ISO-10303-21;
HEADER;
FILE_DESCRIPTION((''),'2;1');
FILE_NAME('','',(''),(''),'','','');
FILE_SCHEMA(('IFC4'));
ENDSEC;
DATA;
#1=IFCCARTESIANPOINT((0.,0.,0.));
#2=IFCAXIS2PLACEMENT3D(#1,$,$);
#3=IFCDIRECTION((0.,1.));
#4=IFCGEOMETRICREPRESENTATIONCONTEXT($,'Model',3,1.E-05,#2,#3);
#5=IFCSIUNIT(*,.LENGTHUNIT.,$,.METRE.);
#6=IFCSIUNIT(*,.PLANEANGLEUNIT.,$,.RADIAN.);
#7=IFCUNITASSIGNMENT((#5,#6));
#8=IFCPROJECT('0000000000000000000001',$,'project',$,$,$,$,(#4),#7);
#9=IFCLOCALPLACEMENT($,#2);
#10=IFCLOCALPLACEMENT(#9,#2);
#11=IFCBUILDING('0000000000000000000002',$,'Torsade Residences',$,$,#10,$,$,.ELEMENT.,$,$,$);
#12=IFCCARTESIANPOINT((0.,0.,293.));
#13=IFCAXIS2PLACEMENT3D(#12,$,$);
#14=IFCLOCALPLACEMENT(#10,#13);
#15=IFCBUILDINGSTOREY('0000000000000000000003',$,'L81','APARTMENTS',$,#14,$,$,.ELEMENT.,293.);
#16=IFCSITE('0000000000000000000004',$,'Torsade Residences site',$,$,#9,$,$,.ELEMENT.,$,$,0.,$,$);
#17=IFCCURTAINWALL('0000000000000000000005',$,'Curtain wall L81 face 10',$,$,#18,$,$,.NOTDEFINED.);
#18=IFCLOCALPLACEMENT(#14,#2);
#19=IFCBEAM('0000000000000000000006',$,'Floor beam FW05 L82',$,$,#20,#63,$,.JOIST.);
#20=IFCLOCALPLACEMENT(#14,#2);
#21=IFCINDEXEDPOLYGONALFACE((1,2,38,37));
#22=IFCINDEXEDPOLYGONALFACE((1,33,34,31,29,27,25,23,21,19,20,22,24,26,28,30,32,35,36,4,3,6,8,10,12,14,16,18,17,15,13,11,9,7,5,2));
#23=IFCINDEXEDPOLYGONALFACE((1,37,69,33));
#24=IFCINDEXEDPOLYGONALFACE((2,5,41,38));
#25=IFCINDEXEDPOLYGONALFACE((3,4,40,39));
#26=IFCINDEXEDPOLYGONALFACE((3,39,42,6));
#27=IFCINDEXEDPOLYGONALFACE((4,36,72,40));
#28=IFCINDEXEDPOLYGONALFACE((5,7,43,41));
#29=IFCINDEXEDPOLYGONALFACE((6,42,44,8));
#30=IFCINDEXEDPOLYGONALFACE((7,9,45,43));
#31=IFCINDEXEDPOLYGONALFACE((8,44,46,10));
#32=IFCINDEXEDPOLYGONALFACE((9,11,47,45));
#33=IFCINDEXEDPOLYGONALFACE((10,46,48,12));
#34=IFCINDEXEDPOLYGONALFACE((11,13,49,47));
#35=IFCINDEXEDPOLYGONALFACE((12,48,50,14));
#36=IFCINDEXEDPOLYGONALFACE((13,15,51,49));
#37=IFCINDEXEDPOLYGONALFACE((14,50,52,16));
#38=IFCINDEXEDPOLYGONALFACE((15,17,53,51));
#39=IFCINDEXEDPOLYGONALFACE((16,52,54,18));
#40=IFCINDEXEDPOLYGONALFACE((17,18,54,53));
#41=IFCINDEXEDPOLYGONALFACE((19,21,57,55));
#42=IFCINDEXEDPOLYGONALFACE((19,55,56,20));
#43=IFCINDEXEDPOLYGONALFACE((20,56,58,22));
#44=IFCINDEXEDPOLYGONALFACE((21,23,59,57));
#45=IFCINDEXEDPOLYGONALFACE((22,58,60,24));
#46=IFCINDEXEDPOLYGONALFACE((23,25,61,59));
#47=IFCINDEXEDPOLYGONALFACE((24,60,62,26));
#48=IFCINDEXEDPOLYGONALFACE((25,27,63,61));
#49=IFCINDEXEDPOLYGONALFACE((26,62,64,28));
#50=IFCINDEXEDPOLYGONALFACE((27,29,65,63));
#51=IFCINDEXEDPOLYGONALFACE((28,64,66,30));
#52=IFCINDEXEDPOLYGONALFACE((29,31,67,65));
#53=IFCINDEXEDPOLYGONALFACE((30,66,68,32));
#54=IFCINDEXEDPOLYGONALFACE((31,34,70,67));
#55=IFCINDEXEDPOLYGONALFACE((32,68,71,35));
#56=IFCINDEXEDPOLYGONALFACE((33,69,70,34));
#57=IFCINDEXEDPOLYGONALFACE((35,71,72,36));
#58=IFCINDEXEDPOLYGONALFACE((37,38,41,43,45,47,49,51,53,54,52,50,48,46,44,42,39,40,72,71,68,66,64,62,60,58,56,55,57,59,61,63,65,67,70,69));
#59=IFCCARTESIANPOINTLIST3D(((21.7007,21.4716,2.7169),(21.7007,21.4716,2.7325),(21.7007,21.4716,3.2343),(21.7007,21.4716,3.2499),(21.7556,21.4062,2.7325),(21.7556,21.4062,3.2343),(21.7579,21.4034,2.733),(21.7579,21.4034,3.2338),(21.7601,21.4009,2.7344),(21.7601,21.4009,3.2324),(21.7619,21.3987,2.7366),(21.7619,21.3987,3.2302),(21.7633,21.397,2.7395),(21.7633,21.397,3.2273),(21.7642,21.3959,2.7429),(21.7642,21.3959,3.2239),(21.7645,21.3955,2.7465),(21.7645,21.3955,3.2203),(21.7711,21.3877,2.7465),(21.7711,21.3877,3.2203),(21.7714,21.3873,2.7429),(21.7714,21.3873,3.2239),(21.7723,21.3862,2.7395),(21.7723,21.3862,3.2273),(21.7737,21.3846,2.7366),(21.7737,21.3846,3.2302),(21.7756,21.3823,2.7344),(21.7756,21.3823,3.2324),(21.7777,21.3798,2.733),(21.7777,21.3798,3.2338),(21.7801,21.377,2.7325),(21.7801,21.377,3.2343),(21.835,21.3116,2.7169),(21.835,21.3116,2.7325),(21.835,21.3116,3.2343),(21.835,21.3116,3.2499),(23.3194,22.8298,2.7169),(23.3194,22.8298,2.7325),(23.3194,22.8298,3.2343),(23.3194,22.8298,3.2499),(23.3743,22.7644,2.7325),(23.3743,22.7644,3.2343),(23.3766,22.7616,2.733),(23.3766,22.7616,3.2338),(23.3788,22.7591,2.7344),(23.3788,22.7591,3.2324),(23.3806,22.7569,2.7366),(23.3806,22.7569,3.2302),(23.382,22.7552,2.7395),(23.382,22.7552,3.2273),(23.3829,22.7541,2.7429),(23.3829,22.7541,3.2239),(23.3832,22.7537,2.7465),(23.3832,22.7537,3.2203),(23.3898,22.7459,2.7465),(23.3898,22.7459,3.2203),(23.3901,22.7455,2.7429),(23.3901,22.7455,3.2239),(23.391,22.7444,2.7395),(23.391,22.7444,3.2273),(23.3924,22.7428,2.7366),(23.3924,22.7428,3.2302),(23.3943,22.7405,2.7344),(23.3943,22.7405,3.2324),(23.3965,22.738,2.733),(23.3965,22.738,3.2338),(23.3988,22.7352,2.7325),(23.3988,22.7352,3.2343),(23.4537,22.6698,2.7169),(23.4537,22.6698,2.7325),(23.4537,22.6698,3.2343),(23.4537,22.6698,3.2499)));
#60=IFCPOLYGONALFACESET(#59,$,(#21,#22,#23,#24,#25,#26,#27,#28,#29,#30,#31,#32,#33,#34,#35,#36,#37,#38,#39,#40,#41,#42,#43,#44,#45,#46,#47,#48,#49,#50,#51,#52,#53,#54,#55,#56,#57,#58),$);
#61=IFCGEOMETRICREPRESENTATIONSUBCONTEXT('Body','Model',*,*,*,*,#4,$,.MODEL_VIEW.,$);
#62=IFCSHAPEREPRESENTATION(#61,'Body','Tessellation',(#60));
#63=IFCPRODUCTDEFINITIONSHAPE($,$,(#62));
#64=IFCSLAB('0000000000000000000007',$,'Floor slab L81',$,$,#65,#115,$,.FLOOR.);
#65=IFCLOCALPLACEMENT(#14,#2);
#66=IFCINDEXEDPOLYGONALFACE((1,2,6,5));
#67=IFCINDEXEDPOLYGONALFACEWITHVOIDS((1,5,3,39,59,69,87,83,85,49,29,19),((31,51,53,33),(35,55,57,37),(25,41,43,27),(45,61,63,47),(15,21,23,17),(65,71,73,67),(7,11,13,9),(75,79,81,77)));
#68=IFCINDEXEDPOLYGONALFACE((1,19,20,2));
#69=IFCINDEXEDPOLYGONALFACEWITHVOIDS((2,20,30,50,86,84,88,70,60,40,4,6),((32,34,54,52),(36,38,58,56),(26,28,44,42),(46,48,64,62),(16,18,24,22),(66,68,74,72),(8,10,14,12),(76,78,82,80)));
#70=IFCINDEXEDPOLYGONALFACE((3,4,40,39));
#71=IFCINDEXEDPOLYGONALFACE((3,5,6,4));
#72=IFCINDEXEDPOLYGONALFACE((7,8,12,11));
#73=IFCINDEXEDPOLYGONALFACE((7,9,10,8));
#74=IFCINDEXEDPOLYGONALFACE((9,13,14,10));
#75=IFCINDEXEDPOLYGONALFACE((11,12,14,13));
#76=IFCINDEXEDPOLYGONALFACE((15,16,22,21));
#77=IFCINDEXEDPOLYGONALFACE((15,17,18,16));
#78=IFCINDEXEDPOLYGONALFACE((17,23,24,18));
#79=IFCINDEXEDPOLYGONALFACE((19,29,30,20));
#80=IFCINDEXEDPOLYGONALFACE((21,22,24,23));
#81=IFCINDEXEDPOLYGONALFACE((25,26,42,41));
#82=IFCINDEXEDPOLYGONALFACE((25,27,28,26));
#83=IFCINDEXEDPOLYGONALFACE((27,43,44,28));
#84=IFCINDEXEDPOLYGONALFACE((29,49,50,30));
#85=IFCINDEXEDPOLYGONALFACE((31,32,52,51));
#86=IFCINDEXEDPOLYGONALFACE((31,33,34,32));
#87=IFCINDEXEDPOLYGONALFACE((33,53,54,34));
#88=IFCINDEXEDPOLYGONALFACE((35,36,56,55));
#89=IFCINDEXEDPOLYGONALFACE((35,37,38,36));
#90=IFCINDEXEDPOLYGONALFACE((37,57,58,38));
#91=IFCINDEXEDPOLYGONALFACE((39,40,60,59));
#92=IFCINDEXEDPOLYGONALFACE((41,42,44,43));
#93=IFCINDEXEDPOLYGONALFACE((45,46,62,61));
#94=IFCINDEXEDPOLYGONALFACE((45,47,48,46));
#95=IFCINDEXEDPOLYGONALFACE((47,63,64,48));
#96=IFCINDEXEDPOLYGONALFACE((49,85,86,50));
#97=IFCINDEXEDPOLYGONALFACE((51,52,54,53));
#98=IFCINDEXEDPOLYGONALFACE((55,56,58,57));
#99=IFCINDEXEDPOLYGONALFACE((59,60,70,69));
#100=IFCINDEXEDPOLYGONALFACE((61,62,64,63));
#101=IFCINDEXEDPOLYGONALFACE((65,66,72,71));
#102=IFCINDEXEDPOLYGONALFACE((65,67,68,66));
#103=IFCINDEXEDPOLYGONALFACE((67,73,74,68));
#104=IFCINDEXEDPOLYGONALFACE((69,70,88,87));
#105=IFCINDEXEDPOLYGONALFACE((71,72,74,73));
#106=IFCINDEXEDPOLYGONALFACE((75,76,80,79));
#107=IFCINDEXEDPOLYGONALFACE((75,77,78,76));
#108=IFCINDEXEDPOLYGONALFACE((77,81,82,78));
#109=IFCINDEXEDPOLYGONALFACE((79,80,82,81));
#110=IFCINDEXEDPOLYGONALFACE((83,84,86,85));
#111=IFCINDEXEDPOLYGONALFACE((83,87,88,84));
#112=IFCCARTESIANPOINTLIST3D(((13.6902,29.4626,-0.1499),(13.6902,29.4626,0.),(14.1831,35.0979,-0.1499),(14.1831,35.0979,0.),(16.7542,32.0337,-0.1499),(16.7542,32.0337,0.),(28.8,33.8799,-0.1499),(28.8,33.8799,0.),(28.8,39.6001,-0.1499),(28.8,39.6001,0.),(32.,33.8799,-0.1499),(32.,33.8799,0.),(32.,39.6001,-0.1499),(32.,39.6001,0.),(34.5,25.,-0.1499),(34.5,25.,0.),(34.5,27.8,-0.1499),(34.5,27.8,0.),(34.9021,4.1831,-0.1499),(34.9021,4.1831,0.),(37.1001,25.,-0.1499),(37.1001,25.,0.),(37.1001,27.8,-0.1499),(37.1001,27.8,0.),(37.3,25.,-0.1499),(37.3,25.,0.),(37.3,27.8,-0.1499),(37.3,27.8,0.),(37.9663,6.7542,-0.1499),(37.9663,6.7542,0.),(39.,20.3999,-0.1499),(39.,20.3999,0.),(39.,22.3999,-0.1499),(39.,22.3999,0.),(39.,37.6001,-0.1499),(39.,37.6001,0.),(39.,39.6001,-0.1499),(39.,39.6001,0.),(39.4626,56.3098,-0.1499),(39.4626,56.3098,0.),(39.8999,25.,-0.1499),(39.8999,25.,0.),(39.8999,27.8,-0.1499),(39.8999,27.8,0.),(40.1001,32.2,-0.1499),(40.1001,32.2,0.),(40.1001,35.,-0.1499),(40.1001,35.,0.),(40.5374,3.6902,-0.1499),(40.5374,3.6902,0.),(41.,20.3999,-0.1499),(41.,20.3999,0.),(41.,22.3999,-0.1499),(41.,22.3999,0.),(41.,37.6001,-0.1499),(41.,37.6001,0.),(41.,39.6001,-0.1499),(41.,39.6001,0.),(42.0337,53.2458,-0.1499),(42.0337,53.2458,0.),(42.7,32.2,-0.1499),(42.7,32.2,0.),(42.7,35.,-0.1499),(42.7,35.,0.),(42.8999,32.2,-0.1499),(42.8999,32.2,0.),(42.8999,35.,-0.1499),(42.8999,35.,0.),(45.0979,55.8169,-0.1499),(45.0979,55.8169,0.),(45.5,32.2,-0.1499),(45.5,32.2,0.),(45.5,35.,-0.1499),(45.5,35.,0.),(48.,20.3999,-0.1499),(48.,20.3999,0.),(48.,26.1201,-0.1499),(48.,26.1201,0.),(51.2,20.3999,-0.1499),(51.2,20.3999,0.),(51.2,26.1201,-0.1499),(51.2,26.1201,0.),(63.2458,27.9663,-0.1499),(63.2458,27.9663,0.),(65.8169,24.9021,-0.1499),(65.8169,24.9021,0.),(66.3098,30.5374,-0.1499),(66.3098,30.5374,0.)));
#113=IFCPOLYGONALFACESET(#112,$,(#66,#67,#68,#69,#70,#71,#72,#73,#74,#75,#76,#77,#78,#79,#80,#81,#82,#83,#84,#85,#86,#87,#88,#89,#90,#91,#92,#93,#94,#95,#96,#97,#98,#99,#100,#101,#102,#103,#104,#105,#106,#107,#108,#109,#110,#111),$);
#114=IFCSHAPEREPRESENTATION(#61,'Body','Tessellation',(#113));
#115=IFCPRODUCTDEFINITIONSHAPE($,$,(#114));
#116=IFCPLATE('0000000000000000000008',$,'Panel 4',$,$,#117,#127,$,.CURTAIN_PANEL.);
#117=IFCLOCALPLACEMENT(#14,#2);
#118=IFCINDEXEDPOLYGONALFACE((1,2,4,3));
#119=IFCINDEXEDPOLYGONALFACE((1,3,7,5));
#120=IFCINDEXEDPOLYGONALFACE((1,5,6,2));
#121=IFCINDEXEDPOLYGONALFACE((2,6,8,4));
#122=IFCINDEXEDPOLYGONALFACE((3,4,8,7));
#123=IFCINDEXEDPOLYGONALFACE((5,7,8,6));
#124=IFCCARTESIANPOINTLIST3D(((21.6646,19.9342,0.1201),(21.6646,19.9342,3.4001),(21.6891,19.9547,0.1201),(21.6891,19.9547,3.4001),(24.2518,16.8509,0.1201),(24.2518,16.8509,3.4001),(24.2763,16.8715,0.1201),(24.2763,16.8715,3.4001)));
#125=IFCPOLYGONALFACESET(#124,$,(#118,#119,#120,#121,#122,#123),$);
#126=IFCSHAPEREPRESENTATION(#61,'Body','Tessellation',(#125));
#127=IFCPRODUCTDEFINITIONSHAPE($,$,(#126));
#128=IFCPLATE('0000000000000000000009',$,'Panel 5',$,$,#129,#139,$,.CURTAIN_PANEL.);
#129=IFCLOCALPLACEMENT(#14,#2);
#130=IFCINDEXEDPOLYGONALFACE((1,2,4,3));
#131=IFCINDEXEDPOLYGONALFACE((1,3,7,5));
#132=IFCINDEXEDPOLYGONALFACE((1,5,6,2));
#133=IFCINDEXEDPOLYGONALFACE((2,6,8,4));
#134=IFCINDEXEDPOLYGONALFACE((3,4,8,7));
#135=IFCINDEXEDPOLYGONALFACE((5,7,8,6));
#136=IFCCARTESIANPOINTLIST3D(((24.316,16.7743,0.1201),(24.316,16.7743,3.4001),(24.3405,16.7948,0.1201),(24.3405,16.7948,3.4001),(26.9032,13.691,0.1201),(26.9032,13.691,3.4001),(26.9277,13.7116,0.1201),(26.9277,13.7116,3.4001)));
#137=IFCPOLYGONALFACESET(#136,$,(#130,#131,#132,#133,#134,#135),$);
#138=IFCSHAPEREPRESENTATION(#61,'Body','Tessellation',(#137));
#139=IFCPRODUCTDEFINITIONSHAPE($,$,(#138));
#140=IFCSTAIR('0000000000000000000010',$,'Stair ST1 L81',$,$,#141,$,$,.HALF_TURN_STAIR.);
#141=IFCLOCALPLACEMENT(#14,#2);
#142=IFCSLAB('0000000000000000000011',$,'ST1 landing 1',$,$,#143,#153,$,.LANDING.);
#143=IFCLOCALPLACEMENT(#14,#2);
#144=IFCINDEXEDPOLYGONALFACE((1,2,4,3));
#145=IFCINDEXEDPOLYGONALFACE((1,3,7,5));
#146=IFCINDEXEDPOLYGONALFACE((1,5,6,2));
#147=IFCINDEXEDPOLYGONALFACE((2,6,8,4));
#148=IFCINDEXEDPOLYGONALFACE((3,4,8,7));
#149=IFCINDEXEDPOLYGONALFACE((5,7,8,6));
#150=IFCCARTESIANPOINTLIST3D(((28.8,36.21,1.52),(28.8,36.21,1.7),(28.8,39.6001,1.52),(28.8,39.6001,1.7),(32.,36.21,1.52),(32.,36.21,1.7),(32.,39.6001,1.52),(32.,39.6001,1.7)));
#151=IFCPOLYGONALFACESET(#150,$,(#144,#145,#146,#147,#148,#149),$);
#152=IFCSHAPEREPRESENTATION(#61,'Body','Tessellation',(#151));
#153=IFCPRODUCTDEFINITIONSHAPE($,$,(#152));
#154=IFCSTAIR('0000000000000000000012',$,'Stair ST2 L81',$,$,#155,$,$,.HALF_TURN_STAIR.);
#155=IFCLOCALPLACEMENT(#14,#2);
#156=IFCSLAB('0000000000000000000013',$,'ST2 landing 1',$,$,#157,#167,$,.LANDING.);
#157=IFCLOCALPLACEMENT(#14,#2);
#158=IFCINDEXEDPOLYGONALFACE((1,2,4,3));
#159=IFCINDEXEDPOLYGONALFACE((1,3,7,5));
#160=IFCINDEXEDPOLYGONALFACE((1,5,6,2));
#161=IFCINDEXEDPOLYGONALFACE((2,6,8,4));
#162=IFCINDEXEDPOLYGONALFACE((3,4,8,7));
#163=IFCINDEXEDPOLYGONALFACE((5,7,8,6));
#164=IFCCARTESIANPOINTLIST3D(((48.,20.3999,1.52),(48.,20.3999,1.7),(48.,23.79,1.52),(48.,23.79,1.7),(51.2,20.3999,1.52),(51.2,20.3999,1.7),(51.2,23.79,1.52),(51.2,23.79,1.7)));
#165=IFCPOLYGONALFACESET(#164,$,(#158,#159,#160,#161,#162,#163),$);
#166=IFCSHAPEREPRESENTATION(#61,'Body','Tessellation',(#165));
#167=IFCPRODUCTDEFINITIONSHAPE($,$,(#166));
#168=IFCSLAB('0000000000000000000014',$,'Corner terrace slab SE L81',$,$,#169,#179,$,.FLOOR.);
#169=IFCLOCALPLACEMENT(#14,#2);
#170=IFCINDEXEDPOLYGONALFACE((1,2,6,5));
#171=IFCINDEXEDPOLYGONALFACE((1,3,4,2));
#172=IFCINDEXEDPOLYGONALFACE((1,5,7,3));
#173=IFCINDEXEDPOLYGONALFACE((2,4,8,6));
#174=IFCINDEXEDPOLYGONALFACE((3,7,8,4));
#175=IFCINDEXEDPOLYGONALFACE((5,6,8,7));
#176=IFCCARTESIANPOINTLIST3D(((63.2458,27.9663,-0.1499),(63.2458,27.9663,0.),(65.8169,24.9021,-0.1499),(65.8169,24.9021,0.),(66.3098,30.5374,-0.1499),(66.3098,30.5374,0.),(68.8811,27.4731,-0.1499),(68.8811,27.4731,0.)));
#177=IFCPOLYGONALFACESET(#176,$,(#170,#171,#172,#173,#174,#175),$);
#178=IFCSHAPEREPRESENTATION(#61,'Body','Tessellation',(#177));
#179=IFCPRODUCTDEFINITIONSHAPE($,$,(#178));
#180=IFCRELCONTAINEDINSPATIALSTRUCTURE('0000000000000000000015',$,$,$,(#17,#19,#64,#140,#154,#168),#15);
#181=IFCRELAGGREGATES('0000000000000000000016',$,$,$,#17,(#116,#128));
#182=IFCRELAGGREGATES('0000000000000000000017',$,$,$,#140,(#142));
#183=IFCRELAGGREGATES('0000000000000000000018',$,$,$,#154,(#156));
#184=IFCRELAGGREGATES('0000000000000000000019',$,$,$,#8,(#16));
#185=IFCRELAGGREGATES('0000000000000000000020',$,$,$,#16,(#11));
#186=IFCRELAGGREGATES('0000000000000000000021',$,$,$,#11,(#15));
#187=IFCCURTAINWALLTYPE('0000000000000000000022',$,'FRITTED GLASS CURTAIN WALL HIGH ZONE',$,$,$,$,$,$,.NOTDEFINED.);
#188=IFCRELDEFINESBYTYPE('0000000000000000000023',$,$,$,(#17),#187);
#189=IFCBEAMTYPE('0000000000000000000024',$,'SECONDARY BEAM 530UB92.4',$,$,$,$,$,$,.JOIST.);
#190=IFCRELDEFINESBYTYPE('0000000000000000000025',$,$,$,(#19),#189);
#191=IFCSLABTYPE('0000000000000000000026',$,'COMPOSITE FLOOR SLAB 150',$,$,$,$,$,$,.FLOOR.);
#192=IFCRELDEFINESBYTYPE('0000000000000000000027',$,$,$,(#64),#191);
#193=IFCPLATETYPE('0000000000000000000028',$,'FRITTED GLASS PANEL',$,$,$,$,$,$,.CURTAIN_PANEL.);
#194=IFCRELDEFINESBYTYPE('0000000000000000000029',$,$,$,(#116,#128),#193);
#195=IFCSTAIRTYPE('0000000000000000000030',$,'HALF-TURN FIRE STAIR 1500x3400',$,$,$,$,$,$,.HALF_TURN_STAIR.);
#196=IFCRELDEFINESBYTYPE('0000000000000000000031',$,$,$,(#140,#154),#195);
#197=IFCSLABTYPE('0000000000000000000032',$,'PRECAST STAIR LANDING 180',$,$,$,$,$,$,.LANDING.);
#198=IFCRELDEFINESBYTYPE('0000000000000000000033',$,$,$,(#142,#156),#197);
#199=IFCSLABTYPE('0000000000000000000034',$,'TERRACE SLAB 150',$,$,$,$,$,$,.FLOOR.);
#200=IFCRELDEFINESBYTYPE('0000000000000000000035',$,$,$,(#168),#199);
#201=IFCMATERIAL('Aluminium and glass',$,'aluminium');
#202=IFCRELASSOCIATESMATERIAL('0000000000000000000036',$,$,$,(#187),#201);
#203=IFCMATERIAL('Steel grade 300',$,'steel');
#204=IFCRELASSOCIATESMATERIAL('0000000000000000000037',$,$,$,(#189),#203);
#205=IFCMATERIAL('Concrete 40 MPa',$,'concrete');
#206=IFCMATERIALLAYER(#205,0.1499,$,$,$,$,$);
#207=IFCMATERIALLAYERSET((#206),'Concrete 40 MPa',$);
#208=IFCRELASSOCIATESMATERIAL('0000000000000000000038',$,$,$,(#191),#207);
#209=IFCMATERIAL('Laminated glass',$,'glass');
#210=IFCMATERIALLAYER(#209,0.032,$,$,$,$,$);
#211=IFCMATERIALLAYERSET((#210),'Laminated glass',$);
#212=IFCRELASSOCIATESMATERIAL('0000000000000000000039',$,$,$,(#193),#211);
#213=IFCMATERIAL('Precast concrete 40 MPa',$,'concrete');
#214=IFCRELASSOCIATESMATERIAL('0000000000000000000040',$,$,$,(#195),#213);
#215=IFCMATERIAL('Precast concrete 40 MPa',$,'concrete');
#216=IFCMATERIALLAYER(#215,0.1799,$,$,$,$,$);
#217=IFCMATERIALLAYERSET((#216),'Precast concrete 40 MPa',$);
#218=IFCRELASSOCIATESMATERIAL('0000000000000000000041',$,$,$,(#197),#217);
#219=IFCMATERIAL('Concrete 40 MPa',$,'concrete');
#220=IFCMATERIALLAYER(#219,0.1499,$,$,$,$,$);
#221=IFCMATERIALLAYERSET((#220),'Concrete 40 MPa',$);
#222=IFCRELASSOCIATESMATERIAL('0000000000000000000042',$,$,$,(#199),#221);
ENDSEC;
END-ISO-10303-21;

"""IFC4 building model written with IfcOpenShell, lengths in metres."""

from ifc_helpers import new_model, si_unit, direction, frame, origin, origin_2d, place, context, subcontext, project, spatial, polyline, rectangle, i_section, outline, extrude, material, layer, layer_set, material_profile, profile_set, type_object, element, aggregate, save


model = new_model("IFC4")

# Units and contexts
model_context = context("Model", 3, precision=1e-05, world=origin(), true_north=direction((0.0, 1.0)))
body_context = subcontext(model_context, "Body", "Model", "MODEL_VIEW")
ifc_project = project(units=[si_unit("LENGTHUNIT", "METRE"), si_unit("PLANEANGLEUNIT", "RADIAN")], contexts=[model_context])

# Site, building, storey
site_placement = place(None, origin())
site = spatial("IfcSite", under=ifc_project, at=site_placement, Name="Torsade Residences site", CompositionType="ELEMENT", RefElevation=0.0)
building_placement = place(site_placement, origin())
building = spatial("IfcBuilding", under=site, at=building_placement, Name="Torsade Residences", CompositionType="ELEMENT")
storey_placement = place(building_placement, frame((0.0, 0.0, 293.0)))
storey = spatial("IfcBuildingStorey", under=building, at=storey_placement, Name="L81", Description="APARTMENTS", CompositionType="ELEMENT", Elevation=293.0)

# Curtain wall
ifc_material_1 = material(Name="Aluminium and glass", Category="aluminium")
curtain_wall_type = type_object("IfcCurtainWallType", Name="FRITTED GLASS CURTAIN WALL HIGH ZONE", PredefinedType="NOTDEFINED", material=ifc_material_1)
curtain_wall_placement = place(storey_placement, origin())
curtain_wall = element("IfcCurtainWall", 1, at=curtain_wall_placement, inside=storey, type_object=curtain_wall_type, Name="Curtain wall L81 face 10", PredefinedType="NOTDEFINED")

# Beam
ifc_material_2 = material(Name="Steel grade 300", Category="steel")
ifc_material_profile_1 = material_profile(ifc_material_2, i_section(OverallWidth=0.209, OverallDepth=0.533, WebThickness=0.0103, FlangeThickness=0.0156, FilletRadius=0.0139, at=origin_2d()), Name="530UB92.4")
ifc_profile_set_1 = profile_set([ifc_material_profile_1], Name="Steel grade 300")
beam_type_1 = type_object("IfcBeamType", Name="SECONDARY BEAM 530UB92.4", PredefinedType="JOIST", material=ifc_profile_set_1)
beam_1_placement = place(storey_placement, frame((21.7678, 21.3916, 2.9834), z_axis=(0.766058, 0.642772, 0.0), x_axis=(-0.642772, 0.766058, 0.0)))
element("IfcBeam", 2, at=beam_1_placement, inside=storey, type_object=beam_type_1, Name="Floor beam FW05 L82", PredefinedType="JOIST", context=body_context, shape_type="SweptSolid", body=[
    extrude(i_section(OverallWidth=0.209, OverallDepth=0.533, WebThickness=0.0103, FlangeThickness=0.0156, FilletRadius=0.0139, at=origin_2d()), origin(), (0.0, 0.0, 1.0), 2.113),
])

# Slab
ifc_material_3 = material(Name="Concrete 40 MPa", Category="concrete")
ifc_layer_1 = layer(ifc_material_3, 0.1499)
ifc_layer_set_1 = layer_set([ifc_layer_1], Name="Concrete 40 MPa")
slab_type_1 = type_object("IfcSlabType", Name="COMPOSITE FLOOR SLAB 150", PredefinedType="FLOOR", material=ifc_layer_set_1)
slab_1_placement = place(storey_placement, frame((0.0, 0.0, -0.1499)))
element("IfcSlab", 3, at=slab_1_placement, inside=storey, type_object=slab_type_1, Name="Floor slab L81", PredefinedType="FLOOR", context=body_context, shape_type="SweptSolid", body=[
    extrude(outline(polyline([(40.5374, 3.6902), (65.8169, 24.9021), (63.2458, 27.9663), (66.3098, 30.5374), (45.0979, 55.8169), (42.0337, 53.2458), (39.4626, 56.3098), (14.1831, 35.0979), (16.7542, 32.0337), (13.6902, 29.4626), (34.9021, 4.1831), (37.9663, 6.7542), (40.5374, 3.6902)]), holes=[polyline([(51.2, 26.1201), (48.0, 26.1201), (48.0, 20.3999), (51.2, 20.3999), (51.2, 26.1201)]), polyline([(45.5, 35.0), (42.8999, 35.0), (42.8999, 32.2), (45.5, 32.2), (45.5, 35.0)]), polyline([(42.7, 35.0), (40.1001, 35.0), (40.1001, 32.2), (42.7, 32.2), (42.7, 35.0)]), polyline([(41.0, 22.3999), (39.0, 22.3999), (39.0, 20.3999), (41.0, 20.3999), (41.0, 22.3999)]), polyline([(41.0, 39.6001), (39.0, 39.6001), (39.0, 37.6001), (41.0, 37.6001), (41.0, 39.6001)]), polyline([(39.8999, 27.8), (37.3, 27.8), (37.3, 25.0), (39.8999, 25.0), (39.8999, 27.8)]), polyline([(37.1001, 27.8), (34.5, 27.8), (34.5, 25.0), (37.1001, 25.0), (37.1001, 27.8)]), polyline([(32.0, 39.6001), (28.8, 39.6001), (28.8, 33.8799), (32.0, 33.8799), (32.0, 39.6001)])]), origin(), (0.0, 0.0, 1.0), 0.1499),
])

# Plates
ifc_material_4 = material(Name="Laminated glass", Category="glass")
ifc_layer_2 = layer(ifc_material_4, 0.032)
ifc_layer_set_2 = layer_set([ifc_layer_2], Name="Laminated glass")
plate_type = type_object("IfcPlateType", Name="FRITTED GLASS PANEL", PredefinedType="CURTAIN_PANEL", material=ifc_layer_set_2)
plate_1_placement = place(storey_placement, frame((22.9705, 18.4028, 0.1201), z_axis=(0.0, 0.0, 1.0), x_axis=(0.642788, -0.766044, 0.0)))
plate_1 = element("IfcPlate", 4, at=plate_1_placement, type_object=plate_type, Name="Panel 4", PredefinedType="CURTAIN_PANEL", context=body_context, shape_type="SweptSolid", body=[
    extrude(rectangle(XDim=4.0249, YDim=0.032, at=origin_2d()), origin(), (0.0, 0.0, 1.0), 3.28),
])
plate_2_placement = place(storey_placement, frame((25.6218, 15.2429, 0.1201), z_axis=(0.0, 0.0, 1.0), x_axis=(0.642788, -0.766044, 0.0)))
plate_2 = element("IfcPlate", 5, at=plate_2_placement, type_object=plate_type, Name="Panel 5", PredefinedType="CURTAIN_PANEL", context=body_context, shape_type="SweptSolid", body=[
    extrude(rectangle(XDim=4.0249, YDim=0.032, at=origin_2d()), origin(), (0.0, 0.0, 1.0), 3.28),
])
aggregate(curtain_wall, [plate_1, plate_2])

# Stairs, slabs
ifc_material_5 = material(Name="Precast concrete 40 MPa", Category="concrete")
stair_type = type_object("IfcStairType", Name="HALF-TURN FIRE STAIR 1500x3400", PredefinedType="HALF_TURN_STAIR", material=ifc_material_5)
stair_1_placement = place(storey_placement, origin())
stair_1 = element("IfcStair", 6, at=stair_1_placement, inside=storey, type_object=stair_type, Name="Stair ST1 L81", PredefinedType="HALF_TURN_STAIR")
ifc_material_6 = material(Name="Precast concrete 40 MPa", Category="concrete")
ifc_layer_3 = layer(ifc_material_6, 0.1799)
ifc_layer_set_3 = layer_set([ifc_layer_3], Name="Precast concrete 40 MPa")
slab_type_2 = type_object("IfcSlabType", Name="PRECAST STAIR LANDING 180", PredefinedType="LANDING", material=ifc_layer_set_3)
slab_2_placement = place(storey_placement, frame((0.0, 0.0, 1.52)))
slab_2 = element("IfcSlab", 7, at=slab_2_placement, type_object=slab_type_2, Name="ST1 landing 1", PredefinedType="LANDING", context=body_context, shape_type="SweptSolid", body=[
    extrude(outline(polyline([(28.8, 36.21), (32.0, 36.21), (32.0, 39.6001), (28.8, 39.6001), (28.8, 36.21)])), origin(), (0.0, 0.0, 1.0), 0.1799),
])
aggregate(stair_1, [slab_2])
stair_2_placement = place(storey_placement, origin())
stair_2 = element("IfcStair", 8, at=stair_2_placement, inside=storey, type_object=stair_type, Name="Stair ST2 L81", PredefinedType="HALF_TURN_STAIR")
slab_3_placement = place(storey_placement, frame((0.0, 0.0, 1.52)))
slab_3 = element("IfcSlab", 9, at=slab_3_placement, type_object=slab_type_2, Name="ST2 landing 1", PredefinedType="LANDING", context=body_context, shape_type="SweptSolid", body=[
    extrude(outline(polyline([(48.0, 20.3999), (51.2, 20.3999), (51.2, 23.79), (48.0, 23.79), (48.0, 20.3999)])), origin(), (0.0, 0.0, 1.0), 0.1799),
])
aggregate(stair_2, [slab_3])

# Slab
ifc_material_7 = material(Name="Concrete 40 MPa", Category="concrete")
ifc_layer_4 = layer(ifc_material_7, 0.1499)
ifc_layer_set_4 = layer_set([ifc_layer_4], Name="Concrete 40 MPa")
slab_type_3 = type_object("IfcSlabType", Name="TERRACE SLAB 150", PredefinedType="FLOOR", material=ifc_layer_set_4)
slab_4_placement = place(storey_placement, frame((0.0, 0.0, -0.1499)))
element("IfcSlab", 10, at=slab_4_placement, inside=storey, type_object=slab_type_3, Name="Corner terrace slab SE L81", PredefinedType="FLOOR", context=body_context, shape_type="SweptSolid", body=[
    extrude(outline(polyline([(65.8169, 24.9021), (68.8811, 27.4731), (66.3098, 30.5374), (63.2458, 27.9663), (65.8169, 24.9021)])), origin(), (0.0, 0.0, 1.0), 0.1499),
])

save(model, "model.ifc")
